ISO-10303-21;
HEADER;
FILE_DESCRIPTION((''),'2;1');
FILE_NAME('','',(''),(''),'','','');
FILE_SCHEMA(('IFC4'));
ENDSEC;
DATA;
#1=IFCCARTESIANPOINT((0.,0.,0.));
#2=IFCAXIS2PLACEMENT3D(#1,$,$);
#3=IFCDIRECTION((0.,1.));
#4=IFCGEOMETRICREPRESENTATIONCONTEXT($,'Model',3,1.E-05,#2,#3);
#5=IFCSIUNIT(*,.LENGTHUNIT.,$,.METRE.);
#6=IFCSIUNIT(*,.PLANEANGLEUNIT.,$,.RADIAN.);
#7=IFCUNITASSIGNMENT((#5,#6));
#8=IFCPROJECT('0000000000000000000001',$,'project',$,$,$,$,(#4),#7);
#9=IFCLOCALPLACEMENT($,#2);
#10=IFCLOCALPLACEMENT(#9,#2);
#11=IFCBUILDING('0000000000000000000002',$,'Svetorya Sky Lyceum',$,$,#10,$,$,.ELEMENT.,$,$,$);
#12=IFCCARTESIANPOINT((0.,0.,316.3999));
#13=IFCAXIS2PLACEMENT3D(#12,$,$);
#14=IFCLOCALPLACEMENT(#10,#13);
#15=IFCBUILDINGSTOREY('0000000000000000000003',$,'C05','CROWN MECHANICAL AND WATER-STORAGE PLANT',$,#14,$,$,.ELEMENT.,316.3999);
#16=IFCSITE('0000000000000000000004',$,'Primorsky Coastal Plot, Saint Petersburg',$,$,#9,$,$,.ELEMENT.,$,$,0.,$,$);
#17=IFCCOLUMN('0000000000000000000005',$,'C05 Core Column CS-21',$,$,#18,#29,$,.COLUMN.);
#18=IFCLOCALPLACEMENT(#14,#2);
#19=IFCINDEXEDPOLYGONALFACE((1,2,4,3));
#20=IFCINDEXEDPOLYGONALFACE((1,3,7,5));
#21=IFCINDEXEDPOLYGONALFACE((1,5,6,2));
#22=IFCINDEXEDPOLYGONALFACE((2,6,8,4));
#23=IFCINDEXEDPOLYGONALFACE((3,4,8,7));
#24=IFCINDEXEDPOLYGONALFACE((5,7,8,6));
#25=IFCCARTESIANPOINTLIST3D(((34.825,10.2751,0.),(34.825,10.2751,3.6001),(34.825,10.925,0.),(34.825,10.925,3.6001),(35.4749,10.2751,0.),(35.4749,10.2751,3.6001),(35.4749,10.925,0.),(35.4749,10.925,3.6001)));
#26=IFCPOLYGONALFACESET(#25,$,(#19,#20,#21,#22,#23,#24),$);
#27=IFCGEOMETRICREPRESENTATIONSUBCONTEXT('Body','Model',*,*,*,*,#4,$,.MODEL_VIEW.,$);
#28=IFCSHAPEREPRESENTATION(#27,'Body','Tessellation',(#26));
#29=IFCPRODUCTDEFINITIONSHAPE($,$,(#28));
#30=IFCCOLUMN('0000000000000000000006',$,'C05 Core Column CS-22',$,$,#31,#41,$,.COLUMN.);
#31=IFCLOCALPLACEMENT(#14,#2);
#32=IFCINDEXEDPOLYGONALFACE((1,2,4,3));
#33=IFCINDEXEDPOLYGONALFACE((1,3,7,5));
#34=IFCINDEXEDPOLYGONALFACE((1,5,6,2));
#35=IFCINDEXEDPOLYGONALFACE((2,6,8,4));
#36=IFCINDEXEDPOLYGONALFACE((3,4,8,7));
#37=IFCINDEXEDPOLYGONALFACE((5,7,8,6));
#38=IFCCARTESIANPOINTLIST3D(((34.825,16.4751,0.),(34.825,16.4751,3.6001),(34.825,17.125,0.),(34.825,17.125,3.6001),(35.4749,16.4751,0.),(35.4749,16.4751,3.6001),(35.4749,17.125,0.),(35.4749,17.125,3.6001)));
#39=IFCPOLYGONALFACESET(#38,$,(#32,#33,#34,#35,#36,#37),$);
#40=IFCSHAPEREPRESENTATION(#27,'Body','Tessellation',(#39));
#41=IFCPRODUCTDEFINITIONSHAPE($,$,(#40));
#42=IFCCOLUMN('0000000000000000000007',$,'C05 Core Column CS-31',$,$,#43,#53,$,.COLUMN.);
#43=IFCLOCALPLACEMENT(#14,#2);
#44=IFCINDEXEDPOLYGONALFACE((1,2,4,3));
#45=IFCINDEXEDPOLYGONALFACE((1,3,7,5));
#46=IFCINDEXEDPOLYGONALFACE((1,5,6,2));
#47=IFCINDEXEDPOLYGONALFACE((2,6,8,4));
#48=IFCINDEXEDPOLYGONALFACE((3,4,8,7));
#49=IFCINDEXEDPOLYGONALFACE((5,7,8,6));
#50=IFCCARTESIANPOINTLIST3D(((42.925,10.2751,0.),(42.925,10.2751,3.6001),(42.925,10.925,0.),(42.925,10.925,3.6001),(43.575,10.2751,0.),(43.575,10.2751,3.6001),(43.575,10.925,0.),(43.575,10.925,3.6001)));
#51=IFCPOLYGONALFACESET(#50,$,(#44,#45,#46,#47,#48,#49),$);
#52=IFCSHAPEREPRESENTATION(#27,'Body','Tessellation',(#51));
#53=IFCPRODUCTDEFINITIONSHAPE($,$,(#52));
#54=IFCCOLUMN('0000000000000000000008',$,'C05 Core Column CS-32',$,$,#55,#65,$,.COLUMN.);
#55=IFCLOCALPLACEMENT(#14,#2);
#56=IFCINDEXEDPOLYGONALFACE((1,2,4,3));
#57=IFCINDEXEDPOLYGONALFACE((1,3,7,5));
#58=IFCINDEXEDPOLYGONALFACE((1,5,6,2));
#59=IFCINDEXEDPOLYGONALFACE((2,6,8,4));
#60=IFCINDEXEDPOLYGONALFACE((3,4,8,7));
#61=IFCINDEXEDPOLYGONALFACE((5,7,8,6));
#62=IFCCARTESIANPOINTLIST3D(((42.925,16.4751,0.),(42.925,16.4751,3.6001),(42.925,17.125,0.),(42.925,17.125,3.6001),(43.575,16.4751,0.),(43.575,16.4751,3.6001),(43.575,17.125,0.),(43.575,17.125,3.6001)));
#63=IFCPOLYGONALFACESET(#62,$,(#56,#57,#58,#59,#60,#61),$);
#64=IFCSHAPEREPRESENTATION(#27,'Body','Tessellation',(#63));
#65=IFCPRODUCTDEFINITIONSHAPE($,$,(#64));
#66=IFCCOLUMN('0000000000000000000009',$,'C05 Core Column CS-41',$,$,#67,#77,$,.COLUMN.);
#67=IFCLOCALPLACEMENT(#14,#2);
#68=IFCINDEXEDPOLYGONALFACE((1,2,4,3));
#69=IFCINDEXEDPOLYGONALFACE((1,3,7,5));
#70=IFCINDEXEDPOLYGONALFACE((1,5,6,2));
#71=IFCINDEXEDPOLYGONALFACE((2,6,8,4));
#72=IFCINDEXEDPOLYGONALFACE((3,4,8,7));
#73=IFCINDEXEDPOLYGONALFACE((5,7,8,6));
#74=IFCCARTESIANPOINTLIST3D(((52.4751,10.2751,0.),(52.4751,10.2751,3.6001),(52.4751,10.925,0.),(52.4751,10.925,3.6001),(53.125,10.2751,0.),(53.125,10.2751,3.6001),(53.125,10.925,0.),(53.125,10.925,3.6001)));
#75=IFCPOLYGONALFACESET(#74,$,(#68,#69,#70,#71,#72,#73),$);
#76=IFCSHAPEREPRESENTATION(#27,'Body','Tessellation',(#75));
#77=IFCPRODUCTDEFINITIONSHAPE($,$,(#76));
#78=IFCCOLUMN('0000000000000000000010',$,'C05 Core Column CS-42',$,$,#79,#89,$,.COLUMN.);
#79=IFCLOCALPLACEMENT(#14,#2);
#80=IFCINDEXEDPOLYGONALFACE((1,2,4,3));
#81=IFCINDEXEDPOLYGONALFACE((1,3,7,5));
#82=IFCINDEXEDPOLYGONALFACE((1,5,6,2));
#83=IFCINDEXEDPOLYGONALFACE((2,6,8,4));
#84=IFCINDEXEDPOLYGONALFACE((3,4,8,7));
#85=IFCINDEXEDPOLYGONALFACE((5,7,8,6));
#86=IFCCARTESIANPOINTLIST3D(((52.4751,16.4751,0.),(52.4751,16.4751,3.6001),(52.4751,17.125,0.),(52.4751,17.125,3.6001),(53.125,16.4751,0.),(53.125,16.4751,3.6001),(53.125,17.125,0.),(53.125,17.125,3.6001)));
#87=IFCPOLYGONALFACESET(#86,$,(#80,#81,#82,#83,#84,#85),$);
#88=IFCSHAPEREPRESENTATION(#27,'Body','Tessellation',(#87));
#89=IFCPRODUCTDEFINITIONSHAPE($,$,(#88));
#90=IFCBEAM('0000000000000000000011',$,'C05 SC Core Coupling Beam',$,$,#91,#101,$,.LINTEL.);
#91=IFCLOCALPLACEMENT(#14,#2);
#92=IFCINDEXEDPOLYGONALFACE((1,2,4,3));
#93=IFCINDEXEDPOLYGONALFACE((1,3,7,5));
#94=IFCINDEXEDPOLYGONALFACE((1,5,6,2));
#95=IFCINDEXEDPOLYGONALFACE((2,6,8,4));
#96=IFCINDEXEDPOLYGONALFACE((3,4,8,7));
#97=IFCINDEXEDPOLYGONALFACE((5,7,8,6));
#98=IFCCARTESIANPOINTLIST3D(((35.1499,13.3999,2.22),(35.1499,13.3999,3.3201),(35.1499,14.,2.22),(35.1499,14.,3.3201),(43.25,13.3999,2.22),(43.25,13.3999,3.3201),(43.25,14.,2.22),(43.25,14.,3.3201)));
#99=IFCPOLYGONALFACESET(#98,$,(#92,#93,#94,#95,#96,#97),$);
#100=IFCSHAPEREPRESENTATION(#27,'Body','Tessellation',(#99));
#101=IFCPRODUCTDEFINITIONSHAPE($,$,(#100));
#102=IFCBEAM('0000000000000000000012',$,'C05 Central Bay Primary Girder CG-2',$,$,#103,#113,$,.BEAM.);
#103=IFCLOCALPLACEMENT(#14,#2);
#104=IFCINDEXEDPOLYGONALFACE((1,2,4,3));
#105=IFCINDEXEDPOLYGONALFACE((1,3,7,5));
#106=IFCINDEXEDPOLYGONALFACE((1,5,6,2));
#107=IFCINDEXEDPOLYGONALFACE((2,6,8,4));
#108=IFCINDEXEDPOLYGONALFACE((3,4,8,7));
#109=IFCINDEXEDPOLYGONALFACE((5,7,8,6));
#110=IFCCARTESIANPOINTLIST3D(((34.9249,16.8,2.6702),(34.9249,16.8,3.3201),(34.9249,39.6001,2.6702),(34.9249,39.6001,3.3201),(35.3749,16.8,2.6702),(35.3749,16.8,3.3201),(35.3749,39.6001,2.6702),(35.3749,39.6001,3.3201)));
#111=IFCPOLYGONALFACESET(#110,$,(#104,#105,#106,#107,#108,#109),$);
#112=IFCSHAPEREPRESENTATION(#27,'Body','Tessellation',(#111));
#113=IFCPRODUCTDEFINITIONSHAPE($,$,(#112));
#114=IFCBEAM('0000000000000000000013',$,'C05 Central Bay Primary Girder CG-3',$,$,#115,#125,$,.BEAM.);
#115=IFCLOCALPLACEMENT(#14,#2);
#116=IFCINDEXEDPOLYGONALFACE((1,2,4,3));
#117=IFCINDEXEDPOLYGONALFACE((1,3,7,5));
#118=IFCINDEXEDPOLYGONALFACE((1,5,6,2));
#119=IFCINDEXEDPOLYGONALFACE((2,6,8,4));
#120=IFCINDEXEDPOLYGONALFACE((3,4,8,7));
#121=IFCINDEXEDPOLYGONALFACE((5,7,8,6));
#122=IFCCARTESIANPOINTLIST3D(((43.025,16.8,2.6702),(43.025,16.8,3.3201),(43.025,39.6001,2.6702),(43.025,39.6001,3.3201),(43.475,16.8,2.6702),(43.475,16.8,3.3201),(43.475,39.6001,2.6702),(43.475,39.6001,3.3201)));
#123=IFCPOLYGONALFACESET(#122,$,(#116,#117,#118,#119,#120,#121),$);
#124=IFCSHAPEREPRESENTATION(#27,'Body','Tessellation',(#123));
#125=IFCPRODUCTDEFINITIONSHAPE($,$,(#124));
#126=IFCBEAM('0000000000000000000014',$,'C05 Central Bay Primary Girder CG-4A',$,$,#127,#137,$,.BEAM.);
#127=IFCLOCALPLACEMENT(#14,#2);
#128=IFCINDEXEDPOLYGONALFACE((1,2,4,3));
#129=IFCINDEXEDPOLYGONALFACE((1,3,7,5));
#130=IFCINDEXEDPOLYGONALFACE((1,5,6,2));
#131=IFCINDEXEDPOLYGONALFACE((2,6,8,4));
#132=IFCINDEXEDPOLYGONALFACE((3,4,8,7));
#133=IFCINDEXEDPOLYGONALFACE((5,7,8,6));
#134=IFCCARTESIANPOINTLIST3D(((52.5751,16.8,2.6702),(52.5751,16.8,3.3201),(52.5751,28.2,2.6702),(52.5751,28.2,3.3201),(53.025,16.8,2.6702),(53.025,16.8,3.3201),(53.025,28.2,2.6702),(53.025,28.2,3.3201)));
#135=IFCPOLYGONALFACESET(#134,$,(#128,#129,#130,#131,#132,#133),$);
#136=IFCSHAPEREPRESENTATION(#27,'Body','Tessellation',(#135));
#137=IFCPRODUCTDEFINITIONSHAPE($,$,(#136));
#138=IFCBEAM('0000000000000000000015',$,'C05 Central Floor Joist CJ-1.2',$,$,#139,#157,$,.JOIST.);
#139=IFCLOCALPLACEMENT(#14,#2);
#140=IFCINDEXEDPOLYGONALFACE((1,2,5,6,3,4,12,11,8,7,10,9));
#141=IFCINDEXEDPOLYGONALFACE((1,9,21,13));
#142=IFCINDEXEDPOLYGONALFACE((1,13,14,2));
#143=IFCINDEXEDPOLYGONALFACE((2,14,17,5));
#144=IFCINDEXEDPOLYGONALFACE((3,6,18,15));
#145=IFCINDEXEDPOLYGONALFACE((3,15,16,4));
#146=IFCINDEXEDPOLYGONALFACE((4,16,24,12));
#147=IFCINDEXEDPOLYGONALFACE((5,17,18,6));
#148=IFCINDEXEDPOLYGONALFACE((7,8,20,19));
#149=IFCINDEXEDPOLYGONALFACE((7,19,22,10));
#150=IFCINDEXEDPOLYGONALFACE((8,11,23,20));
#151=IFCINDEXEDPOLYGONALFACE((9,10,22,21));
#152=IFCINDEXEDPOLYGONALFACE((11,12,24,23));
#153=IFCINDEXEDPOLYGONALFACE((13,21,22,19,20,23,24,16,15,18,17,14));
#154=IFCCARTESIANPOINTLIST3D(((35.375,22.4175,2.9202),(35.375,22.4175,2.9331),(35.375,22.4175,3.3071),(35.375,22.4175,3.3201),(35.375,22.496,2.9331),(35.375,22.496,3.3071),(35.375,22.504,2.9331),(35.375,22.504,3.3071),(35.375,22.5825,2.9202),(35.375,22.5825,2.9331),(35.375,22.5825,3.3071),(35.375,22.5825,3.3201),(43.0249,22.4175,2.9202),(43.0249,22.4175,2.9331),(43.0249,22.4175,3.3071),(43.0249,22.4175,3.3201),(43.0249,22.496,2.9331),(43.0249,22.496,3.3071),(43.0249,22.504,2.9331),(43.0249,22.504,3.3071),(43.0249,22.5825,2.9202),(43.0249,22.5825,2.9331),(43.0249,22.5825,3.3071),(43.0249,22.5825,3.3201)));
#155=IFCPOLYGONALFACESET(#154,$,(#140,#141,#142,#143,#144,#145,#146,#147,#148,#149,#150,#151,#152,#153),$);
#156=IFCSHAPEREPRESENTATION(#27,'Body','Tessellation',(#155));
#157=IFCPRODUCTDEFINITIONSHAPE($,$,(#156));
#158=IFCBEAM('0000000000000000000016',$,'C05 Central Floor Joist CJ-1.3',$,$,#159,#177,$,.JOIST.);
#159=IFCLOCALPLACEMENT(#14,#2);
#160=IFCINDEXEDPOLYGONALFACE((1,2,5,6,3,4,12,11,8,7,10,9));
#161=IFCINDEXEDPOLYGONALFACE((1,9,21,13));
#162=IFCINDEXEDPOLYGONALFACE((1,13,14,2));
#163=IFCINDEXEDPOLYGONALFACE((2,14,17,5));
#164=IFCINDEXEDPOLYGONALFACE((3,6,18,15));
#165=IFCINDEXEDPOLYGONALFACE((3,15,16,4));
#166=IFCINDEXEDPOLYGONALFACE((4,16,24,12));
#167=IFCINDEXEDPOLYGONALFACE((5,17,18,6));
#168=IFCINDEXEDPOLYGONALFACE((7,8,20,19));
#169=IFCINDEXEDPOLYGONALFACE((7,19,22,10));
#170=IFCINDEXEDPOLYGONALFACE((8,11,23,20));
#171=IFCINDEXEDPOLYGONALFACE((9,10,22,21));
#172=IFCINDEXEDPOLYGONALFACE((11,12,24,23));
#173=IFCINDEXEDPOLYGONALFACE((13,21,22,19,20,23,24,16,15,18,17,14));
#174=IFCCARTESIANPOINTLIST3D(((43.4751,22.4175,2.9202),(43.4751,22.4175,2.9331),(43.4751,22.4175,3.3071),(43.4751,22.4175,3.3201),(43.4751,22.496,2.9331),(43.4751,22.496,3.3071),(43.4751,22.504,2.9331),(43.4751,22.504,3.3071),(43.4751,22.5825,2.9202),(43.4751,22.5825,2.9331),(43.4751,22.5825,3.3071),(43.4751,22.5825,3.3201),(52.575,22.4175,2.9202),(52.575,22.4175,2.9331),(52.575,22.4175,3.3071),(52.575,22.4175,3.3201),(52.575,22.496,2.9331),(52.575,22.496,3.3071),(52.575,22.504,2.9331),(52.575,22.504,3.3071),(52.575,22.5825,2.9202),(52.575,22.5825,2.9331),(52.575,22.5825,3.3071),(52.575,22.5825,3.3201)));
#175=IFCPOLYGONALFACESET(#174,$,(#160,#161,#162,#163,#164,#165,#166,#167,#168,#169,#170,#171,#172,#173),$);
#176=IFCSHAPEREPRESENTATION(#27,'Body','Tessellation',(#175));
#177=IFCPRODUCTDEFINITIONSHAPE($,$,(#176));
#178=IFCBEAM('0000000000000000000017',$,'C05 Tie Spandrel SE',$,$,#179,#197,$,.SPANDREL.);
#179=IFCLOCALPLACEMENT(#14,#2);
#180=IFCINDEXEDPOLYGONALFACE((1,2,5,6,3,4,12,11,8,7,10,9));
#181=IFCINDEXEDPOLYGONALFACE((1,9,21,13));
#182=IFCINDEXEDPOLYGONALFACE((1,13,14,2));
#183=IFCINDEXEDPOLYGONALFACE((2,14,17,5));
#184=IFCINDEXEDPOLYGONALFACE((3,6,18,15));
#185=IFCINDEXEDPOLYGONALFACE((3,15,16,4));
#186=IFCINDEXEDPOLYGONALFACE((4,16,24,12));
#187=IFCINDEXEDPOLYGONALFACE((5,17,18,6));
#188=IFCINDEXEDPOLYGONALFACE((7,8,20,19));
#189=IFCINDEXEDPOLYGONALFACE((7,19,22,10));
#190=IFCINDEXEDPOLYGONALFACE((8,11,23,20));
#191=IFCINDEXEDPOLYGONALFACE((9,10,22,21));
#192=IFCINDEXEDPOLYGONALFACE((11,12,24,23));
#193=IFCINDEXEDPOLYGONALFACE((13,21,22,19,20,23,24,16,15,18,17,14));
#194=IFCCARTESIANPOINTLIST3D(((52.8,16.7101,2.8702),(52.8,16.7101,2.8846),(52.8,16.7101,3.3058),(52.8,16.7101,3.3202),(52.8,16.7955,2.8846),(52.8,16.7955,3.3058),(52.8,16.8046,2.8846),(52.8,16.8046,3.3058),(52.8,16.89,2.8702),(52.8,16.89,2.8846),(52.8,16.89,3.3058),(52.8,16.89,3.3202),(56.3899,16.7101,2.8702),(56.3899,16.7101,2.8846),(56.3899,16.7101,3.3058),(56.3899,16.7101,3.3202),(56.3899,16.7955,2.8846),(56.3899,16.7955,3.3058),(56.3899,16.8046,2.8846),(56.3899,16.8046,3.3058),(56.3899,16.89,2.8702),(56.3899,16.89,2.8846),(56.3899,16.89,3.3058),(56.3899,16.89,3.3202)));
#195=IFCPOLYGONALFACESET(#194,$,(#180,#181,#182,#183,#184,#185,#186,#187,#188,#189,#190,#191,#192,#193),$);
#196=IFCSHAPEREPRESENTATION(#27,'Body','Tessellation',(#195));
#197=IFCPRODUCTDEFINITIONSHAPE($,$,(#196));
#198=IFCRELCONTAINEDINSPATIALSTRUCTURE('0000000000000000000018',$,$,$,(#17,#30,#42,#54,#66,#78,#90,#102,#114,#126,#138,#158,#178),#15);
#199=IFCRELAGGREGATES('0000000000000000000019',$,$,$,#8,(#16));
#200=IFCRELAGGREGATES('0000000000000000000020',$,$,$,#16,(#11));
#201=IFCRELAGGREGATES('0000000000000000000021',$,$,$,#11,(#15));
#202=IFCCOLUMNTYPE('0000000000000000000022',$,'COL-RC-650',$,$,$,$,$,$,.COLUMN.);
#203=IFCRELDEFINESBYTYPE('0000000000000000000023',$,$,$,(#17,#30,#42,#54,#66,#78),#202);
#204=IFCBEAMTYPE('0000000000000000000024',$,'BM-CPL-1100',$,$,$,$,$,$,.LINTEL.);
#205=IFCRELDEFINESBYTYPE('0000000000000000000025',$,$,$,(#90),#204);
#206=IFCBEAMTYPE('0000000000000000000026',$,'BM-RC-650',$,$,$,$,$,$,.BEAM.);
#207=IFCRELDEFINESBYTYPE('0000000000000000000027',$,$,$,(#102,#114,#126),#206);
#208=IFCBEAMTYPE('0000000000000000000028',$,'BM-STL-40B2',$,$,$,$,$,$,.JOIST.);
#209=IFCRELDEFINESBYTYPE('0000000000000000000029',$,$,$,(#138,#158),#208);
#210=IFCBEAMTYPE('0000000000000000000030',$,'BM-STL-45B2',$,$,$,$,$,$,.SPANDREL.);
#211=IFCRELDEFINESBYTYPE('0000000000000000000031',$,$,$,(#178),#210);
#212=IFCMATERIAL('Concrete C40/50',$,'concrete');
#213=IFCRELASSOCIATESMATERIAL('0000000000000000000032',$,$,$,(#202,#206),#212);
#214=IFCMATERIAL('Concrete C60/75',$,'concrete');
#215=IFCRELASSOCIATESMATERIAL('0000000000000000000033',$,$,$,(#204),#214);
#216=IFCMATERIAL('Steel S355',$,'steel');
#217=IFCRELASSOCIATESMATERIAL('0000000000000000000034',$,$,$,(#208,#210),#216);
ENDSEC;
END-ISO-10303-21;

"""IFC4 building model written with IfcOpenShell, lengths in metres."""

from ifc_helpers import new_model, si_unit, direction, frame, origin, origin_2d, place, context, subcontext, project, spatial, rectangle, i_section, extrude, material, material_profile, profile_set, type_object, element, save


model = new_model("IFC4")

# Units and contexts
model_context = context("Model", 3, precision=1e-05, world=origin(), true_north=direction((0.0, 1.0)))
body_context = subcontext(model_context, "Body", "Model", "MODEL_VIEW")
ifc_project = project(units=[si_unit("LENGTHUNIT", "METRE"), si_unit("PLANEANGLEUNIT", "RADIAN")], contexts=[model_context])

# Site, building, storey
site_placement = place(None, origin())
site = spatial("IfcSite", under=ifc_project, at=site_placement, Name="Primorsky Coastal Plot, Saint Petersburg", CompositionType="ELEMENT", RefElevation=0.0)
building_placement = place(site_placement, origin())
building = spatial("IfcBuilding", under=site, at=building_placement, Name="Svetorya Sky Lyceum", CompositionType="ELEMENT")
storey_placement = place(building_placement, frame((0.0, 0.0, 316.3999)))
storey = spatial("IfcBuildingStorey", under=building, at=storey_placement, Name="C05", Description="CROWN MECHANICAL AND WATER-STORAGE PLANT", CompositionType="ELEMENT", Elevation=316.3999)

# Columns
ifc_material_1 = material(Name="Concrete C40/50", Category="concrete")
ifc_material_profile_1 = material_profile(ifc_material_1, rectangle(XDim=0.6499, YDim=0.6499, at=origin_2d()), Name="RC COL 650x650")
ifc_profile_set_1 = profile_set([ifc_material_profile_1], Name="Concrete C40/50")
column_type = type_object("IfcColumnType", Name="COL-RC-650", PredefinedType="COLUMN", material=ifc_profile_set_1)
for number, where, z_axis, x_axis, name in (
    (1, (35.1499, 10.6001, 0.0), (0.0, 0.0, 1.0), (1.0, 0.0, 0.0), "C05 Core Column CS-21"),
    (2, (35.1499, 16.8, 0.0), (0.0, 0.0, 1.0), (1.0, 0.0, 0.0), "C05 Core Column CS-22"),
    (3, (43.25, 10.6001, 0.0), (0.0, 0.0, 1.0), (1.0, 0.0, 0.0), "C05 Core Column CS-31"),
    (4, (43.25, 16.8, 0.0), (0.0, 0.0, 1.0), (1.0, 0.0, 0.0), "C05 Core Column CS-32"),
    (5, (52.8, 10.6001, 0.0), (0.0, 0.0, 1.0), (1.0, 0.0, 0.0), "C05 Core Column CS-41"),
    (6, (52.8, 16.8, 0.0), (0.0, 0.0, 1.0), (1.0, 0.0, 0.0), "C05 Core Column CS-42"),
):
    element("IfcColumn", number, at=place(storey_placement, frame(where, z_axis=z_axis, x_axis=x_axis)), inside=storey, type_object=column_type, Name=name, PredefinedType="COLUMN", context=body_context, shape_type="SweptSolid", body=[
        extrude(rectangle(XDim=0.6499, YDim=0.6499, at=origin_2d()), origin(), (0.0, 0.0, 1.0), 3.6001),
    ])

# Beams
ifc_material_2 = material(Name="Concrete C60/75", Category="concrete")
ifc_material_profile_2 = material_profile(ifc_material_2, rectangle(XDim=0.6001, YDim=1.1001, at=origin_2d()), Name="RC COUPLING 600x1100")
ifc_profile_set_2 = profile_set([ifc_material_profile_2], Name="Concrete C60/75")
beam_type_1 = type_object("IfcBeamType", Name="BM-CPL-1100", PredefinedType="LINTEL", material=ifc_profile_set_2)
beam_1_placement = place(storey_placement, frame((35.1499, 13.7, 2.77), z_axis=(1.0, 0.0, 0.0), x_axis=(0.0, 1.0, 0.0)))
element("IfcBeam", 7, at=beam_1_placement, inside=storey, type_object=beam_type_1, Name="C05 SC Core Coupling Beam", PredefinedType="LINTEL", context=body_context, shape_type="SweptSolid", body=[
    extrude(rectangle(XDim=0.6001, YDim=1.1001, at=origin_2d()), origin(), (0.0, 0.0, 1.0), 8.1001),
])
ifc_material_profile_3 = material_profile(ifc_material_1, rectangle(XDim=0.45, YDim=0.6499, at=origin_2d()), Name="RC BEAM 450x650")
ifc_profile_set_3 = profile_set([ifc_material_profile_3], Name="Concrete C40/50")
beam_type_2 = type_object("IfcBeamType", Name="BM-RC-650", PredefinedType="BEAM", material=ifc_profile_set_3)
for number, where, z_axis, x_axis, name in (
    (8, (35.1499, 16.8, 2.9951), (0.0, 1.0, 0.0), (-1.0, 0.0, 0.0), "C05 Central Bay Primary Girder CG-2"),
    (9, (43.25, 16.8, 2.9951), (0.0, 1.0, 0.0), (-1.0, 0.0, 0.0), "C05 Central Bay Primary Girder CG-3"),
):
    element("IfcBeam", number, at=place(storey_placement, frame(where, z_axis=z_axis, x_axis=x_axis)), inside=storey, type_object=beam_type_2, Name=name, PredefinedType="BEAM", context=body_context, shape_type="SweptSolid", body=[
        extrude(rectangle(XDim=0.45, YDim=0.6499, at=origin_2d()), origin(), (0.0, 0.0, 1.0), 22.8),
    ])
beam_2_placement = place(storey_placement, frame((52.8, 16.8, 2.9951), z_axis=(0.0, 1.0, 0.0), x_axis=(-1.0, 0.0, 0.0)))
element("IfcBeam", 10, at=beam_2_placement, inside=storey, type_object=beam_type_2, Name="C05 Central Bay Primary Girder CG-4A", PredefinedType="BEAM", context=body_context, shape_type="SweptSolid", body=[
    extrude(rectangle(XDim=0.45, YDim=0.6499, at=origin_2d()), origin(), (0.0, 0.0, 1.0), 11.3999),
])
ifc_material_3 = material(Name="Steel S355", Category="steel")
ifc_material_profile_4 = material_profile(ifc_material_3, i_section(OverallWidth=0.165, OverallDepth=0.3999, WebThickness=0.0081, FlangeThickness=0.0129, at=origin_2d()), Name="GOST 40B2")
ifc_profile_set_4 = profile_set([ifc_material_profile_4], Name="Steel S355")
beam_type_3 = type_object("IfcBeamType", Name="BM-STL-40B2", PredefinedType="JOIST", material=ifc_profile_set_4)
beam_3_placement = place(storey_placement, frame((35.375, 22.5, 3.1201), z_axis=(1.0, 0.0, 0.0), x_axis=(0.0, 1.0, 0.0)))
element("IfcBeam", 11, at=beam_3_placement, inside=storey, type_object=beam_type_3, Name="C05 Central Floor Joist CJ-1.2", PredefinedType="JOIST", context=body_context, shape_type="SweptSolid", body=[
    extrude(i_section(OverallWidth=0.165, OverallDepth=0.3999, WebThickness=0.0081, FlangeThickness=0.0129, at=origin_2d()), origin(), (0.0, 0.0, 1.0), 7.6499),
])
beam_4_placement = place(storey_placement, frame((43.4751, 22.5, 3.1201), z_axis=(1.0, 0.0, 0.0), x_axis=(0.0, 1.0, 0.0)))
element("IfcBeam", 12, at=beam_4_placement, inside=storey, type_object=beam_type_3, Name="C05 Central Floor Joist CJ-1.3", PredefinedType="JOIST", context=body_context, shape_type="SweptSolid", body=[
    extrude(i_section(OverallWidth=0.165, OverallDepth=0.3999, WebThickness=0.0081, FlangeThickness=0.0129, at=origin_2d()), origin(), (0.0, 0.0, 1.0), 9.0999),
])
ifc_material_profile_5 = material_profile(ifc_material_3, i_section(OverallWidth=0.1799, OverallDepth=0.45, WebThickness=0.009, FlangeThickness=0.0144, at=origin_2d()), Name="GOST 45B2")
ifc_profile_set_5 = profile_set([ifc_material_profile_5], Name="Steel S355")
beam_type_4 = type_object("IfcBeamType", Name="BM-STL-45B2", PredefinedType="SPANDREL", material=ifc_profile_set_5)
beam_5_placement = place(storey_placement, frame((52.8, 16.8, 3.0952), z_axis=(1.0, 0.0, 0.0), x_axis=(0.0, 1.0, 0.0)))
element("IfcBeam", 13, at=beam_5_placement, inside=storey, type_object=beam_type_4, Name="C05 Tie Spandrel SE", PredefinedType="SPANDREL", context=body_context, shape_type="SweptSolid", body=[
    extrude(i_section(OverallWidth=0.1799, OverallDepth=0.45, WebThickness=0.009, FlangeThickness=0.0144, at=origin_2d()), origin(), (0.0, 0.0, 1.0), 3.5898),
])

save(model, "model.ifc")
